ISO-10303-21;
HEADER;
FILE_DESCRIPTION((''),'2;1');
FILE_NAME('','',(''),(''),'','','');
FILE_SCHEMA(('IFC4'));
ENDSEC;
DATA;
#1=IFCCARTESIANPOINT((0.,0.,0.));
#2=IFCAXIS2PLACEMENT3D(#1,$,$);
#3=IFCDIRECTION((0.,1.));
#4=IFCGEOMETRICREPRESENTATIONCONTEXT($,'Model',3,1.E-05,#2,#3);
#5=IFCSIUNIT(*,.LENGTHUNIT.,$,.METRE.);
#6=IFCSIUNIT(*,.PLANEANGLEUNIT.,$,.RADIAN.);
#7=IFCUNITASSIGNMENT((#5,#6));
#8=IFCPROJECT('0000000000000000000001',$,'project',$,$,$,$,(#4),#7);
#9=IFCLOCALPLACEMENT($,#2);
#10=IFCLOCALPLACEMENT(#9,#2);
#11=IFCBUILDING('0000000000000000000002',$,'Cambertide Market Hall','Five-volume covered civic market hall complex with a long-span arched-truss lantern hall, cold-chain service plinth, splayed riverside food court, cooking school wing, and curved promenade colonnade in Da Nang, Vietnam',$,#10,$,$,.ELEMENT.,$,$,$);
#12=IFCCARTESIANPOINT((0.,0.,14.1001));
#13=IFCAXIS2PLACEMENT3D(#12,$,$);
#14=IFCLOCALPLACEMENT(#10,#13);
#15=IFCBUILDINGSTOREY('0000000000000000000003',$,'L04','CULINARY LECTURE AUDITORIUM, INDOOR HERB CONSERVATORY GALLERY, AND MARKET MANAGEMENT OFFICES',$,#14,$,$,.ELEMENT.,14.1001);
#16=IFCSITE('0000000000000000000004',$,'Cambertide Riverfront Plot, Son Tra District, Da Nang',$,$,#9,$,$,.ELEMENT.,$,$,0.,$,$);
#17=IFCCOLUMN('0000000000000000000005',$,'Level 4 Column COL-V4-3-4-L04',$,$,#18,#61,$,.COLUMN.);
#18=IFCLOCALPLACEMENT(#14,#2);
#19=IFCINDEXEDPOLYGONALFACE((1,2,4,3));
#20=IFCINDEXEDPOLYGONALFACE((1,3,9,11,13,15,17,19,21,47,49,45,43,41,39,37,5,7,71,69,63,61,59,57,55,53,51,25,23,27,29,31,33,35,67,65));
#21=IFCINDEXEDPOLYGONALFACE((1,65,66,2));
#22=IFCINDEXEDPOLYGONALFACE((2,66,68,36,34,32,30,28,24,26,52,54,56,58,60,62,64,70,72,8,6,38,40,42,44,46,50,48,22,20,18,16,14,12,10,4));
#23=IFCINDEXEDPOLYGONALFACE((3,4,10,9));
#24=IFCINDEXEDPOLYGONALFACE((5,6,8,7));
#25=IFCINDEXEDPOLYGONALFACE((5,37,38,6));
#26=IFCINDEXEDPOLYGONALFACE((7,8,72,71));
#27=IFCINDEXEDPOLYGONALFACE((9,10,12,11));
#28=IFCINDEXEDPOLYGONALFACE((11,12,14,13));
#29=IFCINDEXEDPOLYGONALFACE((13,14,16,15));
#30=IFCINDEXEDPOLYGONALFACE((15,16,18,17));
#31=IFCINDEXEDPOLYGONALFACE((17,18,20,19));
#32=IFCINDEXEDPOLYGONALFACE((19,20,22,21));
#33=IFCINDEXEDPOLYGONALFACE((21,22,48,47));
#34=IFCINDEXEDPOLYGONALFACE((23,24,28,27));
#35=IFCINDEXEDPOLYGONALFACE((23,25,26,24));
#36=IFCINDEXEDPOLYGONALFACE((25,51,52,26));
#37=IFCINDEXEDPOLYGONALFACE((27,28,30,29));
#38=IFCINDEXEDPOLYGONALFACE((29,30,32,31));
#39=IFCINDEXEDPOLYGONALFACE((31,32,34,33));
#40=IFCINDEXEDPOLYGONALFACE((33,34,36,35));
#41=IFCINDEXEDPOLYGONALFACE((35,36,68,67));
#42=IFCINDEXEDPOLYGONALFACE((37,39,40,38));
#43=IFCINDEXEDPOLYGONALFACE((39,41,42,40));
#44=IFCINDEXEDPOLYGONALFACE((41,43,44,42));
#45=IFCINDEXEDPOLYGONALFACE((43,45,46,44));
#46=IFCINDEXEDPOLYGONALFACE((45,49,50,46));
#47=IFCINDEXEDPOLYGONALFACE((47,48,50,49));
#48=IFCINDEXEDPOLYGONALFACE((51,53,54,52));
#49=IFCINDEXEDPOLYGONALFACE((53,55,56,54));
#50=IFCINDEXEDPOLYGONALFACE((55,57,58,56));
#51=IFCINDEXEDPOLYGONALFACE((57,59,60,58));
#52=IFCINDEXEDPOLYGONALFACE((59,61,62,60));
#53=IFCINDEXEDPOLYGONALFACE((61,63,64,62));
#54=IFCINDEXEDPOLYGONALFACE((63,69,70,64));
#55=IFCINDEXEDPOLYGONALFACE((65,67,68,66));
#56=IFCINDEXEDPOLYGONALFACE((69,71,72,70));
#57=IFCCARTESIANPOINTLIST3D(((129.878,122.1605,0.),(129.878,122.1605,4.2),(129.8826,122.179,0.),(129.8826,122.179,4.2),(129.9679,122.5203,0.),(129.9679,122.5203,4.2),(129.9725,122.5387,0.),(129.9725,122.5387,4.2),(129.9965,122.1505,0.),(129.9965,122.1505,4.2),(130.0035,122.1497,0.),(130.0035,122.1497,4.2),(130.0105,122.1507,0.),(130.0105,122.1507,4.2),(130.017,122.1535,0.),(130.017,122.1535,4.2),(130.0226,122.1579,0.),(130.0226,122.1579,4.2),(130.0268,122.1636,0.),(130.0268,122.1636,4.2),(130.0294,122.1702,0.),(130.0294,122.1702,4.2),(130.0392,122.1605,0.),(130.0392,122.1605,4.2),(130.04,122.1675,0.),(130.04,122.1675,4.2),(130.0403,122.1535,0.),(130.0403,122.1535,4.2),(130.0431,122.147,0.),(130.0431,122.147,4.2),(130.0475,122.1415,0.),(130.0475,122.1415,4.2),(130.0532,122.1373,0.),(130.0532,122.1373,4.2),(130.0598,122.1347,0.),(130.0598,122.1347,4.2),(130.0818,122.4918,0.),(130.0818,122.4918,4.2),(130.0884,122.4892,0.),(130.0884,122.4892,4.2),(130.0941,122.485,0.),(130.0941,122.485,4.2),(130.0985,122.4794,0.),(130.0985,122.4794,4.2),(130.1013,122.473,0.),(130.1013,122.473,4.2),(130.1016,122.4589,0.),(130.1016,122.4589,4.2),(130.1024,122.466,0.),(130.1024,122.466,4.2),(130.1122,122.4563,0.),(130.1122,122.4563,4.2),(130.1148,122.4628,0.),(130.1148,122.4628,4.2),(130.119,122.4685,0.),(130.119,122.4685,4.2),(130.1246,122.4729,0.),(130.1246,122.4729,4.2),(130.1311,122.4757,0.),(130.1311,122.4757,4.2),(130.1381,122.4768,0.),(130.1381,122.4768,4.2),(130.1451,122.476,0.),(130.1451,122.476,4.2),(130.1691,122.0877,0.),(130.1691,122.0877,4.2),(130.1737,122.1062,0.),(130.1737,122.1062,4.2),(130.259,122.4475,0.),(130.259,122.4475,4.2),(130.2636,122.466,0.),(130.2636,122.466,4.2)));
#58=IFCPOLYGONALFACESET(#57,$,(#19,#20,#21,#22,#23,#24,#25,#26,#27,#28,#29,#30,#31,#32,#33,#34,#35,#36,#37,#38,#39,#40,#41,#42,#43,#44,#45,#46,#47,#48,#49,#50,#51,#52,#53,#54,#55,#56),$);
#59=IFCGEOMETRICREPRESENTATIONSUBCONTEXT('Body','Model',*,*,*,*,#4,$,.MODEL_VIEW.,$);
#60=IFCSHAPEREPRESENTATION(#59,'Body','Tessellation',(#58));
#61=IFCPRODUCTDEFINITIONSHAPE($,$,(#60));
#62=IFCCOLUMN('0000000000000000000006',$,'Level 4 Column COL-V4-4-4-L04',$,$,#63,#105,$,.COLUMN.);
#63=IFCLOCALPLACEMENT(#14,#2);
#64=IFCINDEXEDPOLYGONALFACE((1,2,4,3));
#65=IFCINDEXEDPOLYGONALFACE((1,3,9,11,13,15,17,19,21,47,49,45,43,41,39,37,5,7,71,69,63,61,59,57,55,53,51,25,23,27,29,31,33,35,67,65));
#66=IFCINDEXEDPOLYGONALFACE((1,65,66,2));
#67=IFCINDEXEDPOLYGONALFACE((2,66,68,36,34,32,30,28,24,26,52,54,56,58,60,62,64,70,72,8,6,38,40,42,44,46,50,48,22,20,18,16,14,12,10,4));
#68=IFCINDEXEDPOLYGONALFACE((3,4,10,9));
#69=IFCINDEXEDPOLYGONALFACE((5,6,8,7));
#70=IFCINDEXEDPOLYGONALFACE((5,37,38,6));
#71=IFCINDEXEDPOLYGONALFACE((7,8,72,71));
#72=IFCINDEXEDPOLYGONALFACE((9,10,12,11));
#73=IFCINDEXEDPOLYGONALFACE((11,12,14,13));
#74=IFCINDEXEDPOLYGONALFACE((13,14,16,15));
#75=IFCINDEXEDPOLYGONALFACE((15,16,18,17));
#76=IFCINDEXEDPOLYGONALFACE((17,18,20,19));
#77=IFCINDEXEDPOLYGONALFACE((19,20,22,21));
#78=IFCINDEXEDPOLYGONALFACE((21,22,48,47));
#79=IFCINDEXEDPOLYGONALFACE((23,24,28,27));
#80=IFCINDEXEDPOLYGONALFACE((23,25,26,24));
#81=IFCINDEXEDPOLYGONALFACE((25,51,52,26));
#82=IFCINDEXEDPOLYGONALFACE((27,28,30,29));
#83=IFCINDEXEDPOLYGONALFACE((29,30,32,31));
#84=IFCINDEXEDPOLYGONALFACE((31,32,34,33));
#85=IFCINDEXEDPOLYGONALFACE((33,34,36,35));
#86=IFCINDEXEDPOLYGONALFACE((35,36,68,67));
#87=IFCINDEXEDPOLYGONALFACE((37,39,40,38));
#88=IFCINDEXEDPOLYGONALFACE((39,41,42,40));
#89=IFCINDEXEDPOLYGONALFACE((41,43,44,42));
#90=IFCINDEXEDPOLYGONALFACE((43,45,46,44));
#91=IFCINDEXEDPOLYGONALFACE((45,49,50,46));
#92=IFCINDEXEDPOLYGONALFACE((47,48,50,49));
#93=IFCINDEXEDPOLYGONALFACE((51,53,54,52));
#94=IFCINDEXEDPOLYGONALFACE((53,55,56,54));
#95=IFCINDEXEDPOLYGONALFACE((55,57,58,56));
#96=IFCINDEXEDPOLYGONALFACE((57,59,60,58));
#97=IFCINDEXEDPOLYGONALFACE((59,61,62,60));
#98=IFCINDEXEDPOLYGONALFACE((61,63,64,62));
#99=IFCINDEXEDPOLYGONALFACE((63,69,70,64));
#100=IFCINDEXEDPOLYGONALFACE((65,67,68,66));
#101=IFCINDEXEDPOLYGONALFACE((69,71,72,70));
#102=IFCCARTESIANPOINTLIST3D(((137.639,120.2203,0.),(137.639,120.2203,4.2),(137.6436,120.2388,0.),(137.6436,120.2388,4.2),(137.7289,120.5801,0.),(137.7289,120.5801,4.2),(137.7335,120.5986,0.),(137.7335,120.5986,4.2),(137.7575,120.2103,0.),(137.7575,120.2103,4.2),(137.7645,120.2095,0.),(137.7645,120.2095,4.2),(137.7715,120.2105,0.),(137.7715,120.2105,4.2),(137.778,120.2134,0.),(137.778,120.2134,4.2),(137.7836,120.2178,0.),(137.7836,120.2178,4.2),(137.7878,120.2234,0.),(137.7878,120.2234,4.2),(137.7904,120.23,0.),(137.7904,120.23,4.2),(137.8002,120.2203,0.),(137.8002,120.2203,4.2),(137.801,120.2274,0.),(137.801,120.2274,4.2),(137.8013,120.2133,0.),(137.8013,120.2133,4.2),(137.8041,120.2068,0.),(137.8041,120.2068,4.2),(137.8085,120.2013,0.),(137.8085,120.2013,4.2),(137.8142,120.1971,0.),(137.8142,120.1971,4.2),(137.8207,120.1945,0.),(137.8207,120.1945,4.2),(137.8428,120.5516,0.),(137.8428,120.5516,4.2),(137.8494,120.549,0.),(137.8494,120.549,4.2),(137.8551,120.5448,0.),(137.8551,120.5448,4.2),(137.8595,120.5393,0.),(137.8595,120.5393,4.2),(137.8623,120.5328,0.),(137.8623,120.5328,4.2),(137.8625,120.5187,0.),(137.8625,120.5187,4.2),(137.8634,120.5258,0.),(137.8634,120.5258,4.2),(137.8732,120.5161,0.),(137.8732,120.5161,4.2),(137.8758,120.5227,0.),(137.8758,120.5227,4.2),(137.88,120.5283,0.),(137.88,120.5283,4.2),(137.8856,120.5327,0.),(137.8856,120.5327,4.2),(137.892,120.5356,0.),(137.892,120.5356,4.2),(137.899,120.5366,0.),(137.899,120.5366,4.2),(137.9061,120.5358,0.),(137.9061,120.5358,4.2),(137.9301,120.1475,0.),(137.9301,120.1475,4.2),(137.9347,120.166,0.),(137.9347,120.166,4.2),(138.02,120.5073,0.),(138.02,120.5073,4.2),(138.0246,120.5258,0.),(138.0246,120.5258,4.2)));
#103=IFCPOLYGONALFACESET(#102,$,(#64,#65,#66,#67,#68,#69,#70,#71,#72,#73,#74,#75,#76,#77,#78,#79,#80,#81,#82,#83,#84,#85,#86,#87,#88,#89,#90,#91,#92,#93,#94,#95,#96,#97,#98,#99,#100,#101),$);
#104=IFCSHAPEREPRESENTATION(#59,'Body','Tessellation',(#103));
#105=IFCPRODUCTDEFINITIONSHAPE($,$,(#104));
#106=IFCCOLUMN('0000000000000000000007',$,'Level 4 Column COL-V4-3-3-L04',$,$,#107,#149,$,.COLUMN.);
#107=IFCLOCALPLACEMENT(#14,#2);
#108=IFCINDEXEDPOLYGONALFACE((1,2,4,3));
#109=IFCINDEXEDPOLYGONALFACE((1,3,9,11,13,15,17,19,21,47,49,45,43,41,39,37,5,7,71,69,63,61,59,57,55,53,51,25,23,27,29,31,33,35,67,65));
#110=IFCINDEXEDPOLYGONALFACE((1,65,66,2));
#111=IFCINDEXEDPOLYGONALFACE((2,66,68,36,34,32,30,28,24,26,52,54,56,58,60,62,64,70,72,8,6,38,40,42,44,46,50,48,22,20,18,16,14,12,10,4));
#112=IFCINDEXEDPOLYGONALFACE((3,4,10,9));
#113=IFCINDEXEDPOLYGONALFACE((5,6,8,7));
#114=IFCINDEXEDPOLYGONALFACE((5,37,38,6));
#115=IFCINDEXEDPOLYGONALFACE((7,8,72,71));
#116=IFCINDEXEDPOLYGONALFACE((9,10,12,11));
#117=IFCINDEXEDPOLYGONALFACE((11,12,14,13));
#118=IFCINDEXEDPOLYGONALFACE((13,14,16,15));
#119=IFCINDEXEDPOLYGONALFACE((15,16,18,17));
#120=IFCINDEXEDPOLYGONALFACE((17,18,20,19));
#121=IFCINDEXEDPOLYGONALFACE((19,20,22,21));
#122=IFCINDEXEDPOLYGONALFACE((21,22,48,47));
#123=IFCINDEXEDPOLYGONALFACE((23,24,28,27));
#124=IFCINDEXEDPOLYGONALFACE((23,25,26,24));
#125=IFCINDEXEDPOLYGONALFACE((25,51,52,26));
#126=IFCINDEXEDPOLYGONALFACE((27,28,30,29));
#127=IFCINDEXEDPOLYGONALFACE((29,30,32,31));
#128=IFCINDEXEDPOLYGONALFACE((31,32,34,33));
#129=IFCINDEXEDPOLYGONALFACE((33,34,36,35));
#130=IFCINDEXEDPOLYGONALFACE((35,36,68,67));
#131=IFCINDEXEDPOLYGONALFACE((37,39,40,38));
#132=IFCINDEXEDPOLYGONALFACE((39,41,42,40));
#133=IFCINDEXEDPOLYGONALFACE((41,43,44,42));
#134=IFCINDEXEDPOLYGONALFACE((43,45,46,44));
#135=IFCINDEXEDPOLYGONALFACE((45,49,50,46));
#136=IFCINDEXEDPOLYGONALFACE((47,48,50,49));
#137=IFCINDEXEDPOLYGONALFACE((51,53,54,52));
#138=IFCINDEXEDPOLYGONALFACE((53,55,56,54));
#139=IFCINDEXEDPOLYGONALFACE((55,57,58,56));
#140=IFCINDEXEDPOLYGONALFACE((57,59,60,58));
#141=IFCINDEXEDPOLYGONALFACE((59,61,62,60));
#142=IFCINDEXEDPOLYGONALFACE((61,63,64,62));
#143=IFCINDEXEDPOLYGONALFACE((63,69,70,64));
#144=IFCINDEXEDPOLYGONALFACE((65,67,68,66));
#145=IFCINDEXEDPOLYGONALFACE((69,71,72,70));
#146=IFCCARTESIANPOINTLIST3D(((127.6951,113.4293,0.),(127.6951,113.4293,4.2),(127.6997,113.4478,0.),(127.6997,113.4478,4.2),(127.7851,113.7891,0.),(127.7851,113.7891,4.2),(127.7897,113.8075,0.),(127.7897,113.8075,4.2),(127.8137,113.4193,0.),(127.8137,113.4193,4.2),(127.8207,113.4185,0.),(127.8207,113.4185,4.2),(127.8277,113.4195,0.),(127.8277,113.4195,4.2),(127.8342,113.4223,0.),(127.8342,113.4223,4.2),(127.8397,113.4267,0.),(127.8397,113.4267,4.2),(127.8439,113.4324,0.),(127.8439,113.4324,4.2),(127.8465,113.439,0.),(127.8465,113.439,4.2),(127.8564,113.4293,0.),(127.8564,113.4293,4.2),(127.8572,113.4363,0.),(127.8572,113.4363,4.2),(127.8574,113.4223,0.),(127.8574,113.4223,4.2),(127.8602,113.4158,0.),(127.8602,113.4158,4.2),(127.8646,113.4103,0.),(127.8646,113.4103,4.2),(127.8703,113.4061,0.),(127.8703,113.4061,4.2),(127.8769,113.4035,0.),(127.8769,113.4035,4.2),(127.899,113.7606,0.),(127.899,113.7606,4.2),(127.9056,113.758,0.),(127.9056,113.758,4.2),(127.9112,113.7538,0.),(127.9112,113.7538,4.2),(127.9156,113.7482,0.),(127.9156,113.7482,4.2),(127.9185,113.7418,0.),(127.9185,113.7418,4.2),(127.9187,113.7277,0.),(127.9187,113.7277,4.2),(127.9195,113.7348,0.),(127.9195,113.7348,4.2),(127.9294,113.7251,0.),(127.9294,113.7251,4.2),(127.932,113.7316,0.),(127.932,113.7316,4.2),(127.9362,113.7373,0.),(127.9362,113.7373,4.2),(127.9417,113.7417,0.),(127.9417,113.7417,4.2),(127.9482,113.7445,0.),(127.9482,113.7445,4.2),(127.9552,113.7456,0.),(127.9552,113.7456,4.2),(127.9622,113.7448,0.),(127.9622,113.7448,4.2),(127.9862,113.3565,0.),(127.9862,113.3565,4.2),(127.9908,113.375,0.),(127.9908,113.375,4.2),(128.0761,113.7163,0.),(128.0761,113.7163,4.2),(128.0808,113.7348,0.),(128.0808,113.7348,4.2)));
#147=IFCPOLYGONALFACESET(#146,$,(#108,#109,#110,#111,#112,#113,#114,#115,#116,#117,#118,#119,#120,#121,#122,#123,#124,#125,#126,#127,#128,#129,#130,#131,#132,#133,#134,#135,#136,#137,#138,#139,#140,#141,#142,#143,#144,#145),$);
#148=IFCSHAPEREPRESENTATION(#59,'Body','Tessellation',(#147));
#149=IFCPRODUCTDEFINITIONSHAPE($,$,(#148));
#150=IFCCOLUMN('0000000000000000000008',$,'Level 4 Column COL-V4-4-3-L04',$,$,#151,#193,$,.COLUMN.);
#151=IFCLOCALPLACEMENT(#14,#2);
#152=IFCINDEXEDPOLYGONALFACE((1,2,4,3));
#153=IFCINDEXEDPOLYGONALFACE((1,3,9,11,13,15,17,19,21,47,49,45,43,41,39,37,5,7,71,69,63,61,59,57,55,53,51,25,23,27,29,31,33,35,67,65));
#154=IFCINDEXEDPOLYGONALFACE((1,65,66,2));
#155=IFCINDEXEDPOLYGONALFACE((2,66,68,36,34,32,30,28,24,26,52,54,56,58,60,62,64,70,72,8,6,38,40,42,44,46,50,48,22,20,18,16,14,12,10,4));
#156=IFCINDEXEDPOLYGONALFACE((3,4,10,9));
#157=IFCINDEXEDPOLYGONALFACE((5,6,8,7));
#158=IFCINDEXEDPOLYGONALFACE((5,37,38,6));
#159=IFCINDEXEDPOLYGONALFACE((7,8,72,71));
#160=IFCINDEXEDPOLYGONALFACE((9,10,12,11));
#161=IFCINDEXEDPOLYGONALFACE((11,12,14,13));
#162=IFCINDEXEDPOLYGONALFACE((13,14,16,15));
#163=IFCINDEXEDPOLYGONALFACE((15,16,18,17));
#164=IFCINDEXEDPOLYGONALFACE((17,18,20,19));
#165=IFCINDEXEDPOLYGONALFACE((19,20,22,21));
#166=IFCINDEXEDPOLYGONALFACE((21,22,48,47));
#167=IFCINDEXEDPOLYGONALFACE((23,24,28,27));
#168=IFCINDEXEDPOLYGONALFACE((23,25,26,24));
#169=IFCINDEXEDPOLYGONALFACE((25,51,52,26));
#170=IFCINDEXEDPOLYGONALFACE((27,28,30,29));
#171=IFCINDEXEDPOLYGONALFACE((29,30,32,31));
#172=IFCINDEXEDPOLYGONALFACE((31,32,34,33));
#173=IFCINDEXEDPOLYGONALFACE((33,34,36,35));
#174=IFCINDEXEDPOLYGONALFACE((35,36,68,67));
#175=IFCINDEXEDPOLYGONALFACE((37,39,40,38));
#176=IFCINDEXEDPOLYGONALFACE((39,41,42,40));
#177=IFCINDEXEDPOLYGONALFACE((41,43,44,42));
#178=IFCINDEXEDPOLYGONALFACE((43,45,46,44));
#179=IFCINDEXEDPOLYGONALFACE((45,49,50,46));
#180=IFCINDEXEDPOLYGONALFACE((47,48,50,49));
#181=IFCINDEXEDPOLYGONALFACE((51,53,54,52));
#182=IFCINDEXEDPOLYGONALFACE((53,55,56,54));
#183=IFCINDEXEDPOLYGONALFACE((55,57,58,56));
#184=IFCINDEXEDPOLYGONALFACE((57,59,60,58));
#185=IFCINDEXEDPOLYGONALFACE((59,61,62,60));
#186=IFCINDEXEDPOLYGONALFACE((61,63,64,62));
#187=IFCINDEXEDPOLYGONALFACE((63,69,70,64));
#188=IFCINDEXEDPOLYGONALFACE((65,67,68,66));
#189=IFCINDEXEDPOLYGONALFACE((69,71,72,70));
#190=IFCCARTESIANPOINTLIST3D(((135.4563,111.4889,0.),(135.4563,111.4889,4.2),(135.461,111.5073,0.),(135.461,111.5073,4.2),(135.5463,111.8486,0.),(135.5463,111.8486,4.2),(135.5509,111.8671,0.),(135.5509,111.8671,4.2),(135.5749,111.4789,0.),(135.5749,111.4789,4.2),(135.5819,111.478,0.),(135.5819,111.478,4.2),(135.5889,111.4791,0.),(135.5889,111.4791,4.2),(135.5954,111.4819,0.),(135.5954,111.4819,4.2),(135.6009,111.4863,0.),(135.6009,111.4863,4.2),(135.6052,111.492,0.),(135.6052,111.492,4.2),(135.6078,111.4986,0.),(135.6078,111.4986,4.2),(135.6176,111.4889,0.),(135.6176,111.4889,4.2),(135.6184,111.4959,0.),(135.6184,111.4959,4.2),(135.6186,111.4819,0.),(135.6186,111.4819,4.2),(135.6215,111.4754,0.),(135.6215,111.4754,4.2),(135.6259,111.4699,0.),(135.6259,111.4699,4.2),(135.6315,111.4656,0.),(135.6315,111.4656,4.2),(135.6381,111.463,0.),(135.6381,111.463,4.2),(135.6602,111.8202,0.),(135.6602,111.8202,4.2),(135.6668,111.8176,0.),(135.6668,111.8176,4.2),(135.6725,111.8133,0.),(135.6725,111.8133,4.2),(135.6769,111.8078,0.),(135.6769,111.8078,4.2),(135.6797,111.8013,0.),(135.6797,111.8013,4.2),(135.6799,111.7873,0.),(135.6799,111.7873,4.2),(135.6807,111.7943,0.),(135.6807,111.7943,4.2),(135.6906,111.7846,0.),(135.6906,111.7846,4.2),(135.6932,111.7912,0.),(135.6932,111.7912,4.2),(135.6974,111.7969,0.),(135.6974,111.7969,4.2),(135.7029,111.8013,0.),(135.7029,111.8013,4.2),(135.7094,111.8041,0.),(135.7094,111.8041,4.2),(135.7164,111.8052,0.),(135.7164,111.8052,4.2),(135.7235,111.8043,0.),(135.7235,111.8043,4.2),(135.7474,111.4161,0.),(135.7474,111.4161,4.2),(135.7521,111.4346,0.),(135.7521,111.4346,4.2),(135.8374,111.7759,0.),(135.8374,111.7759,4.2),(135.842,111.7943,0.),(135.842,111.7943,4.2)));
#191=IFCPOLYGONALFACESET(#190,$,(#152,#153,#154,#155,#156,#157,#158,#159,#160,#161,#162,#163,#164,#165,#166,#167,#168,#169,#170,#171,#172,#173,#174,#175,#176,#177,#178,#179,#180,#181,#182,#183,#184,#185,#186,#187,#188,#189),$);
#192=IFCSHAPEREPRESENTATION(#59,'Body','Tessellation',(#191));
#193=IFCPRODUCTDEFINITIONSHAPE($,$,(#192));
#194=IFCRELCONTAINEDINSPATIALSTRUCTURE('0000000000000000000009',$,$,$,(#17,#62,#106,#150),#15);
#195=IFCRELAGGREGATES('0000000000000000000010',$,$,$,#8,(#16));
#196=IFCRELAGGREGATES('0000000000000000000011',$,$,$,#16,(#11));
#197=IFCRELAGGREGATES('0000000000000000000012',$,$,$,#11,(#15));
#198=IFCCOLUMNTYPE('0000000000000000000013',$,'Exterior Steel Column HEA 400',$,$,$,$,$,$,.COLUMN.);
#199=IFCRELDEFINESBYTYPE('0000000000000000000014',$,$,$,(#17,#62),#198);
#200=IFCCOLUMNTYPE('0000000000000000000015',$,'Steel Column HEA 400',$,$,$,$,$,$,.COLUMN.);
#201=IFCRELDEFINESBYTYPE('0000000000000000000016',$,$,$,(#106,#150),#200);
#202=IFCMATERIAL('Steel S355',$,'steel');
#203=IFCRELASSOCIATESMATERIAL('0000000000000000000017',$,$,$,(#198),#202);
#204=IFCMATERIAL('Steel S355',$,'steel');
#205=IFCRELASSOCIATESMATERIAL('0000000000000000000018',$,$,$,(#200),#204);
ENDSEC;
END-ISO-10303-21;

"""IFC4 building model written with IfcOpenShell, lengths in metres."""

from ifc_helpers import new_model, si_unit, direction, frame, origin, origin_2d, place, context, subcontext, project, spatial, i_section, extrude, material, material_profile, profile_set, type_object, element, save


model = new_model("IFC4")

# Units and contexts
model_context = context("Model", 3, precision=1e-05, world=origin(), true_north=direction((0.0, 1.0)))
body_context = subcontext(model_context, "Body", "Model", "MODEL_VIEW")
ifc_project = project(units=[si_unit("LENGTHUNIT", "METRE"), si_unit("PLANEANGLEUNIT", "RADIAN")], contexts=[model_context])

# Site, building, storey
site_placement = place(None, origin())
site = spatial("IfcSite", under=ifc_project, at=site_placement, Name="Cambertide Riverfront Plot, Son Tra District, Da Nang", CompositionType="ELEMENT", RefElevation=0.0)
building_placement = place(site_placement, origin())
building = spatial("IfcBuilding", under=site, at=building_placement, Name="Cambertide Market Hall", Description="Five-volume covered civic market hall complex with a long-span arched-truss lantern hall, cold-chain service plinth, splayed riverside food court, cooking school wing, and curved promenade colonnade in Da Nang, Vietnam", CompositionType="ELEMENT")
storey_placement = place(building_placement, frame((0.0, 0.0, 14.1001)))
storey = spatial("IfcBuildingStorey", under=building, at=storey_placement, Name="L04", Description="CULINARY LECTURE AUDITORIUM, INDOOR HERB CONSERVATORY GALLERY, AND MARKET MANAGEMENT OFFICES", CompositionType="ELEMENT", Elevation=14.1001)

# Columns
ifc_material_1 = material(Name="Steel S355", Category="steel")
ifc_material_profile_1 = material_profile(ifc_material_1, i_section(OverallWidth=0.3, OverallDepth=0.3899, WebThickness=0.011, FlangeThickness=0.019, FilletRadius=0.0271, at=origin_2d()), Name="HEA 400")
ifc_profile_set_1 = profile_set([ifc_material_profile_1], Name="Steel S355")
column_type_1 = type_object("IfcColumnType", Name="Exterior Steel Column HEA 400", PredefinedType="COLUMN", material=ifc_profile_set_1)
for number, where, z_axis, x_axis, name in (
    (1, (130.0708, 122.3132, 0.0), (0.0, 0.0, 1.0), (0.970143, -0.242536, 0.0), "Level 4 Column COL-V4-3-4-L04"),
    (2, (137.8318, 120.373, 0.0), (0.0, 0.0, 1.0), (0.970143, -0.242536, 0.0), "Level 4 Column COL-V4-4-4-L04"),
):
    element("IfcColumn", number, at=place(storey_placement, frame(where, z_axis=z_axis, x_axis=x_axis)), inside=storey, type_object=column_type_1, Name=name, PredefinedType="COLUMN", context=body_context, shape_type="SweptSolid", body=[
        extrude(i_section(OverallWidth=0.3, OverallDepth=0.3899, WebThickness=0.011, FlangeThickness=0.019, FilletRadius=0.0271, at=origin_2d()), origin(), (0.0, 0.0, 1.0), 4.2),
    ])
ifc_material_2 = material(Name="Steel S355", Category="steel")
ifc_material_profile_2 = material_profile(ifc_material_2, i_section(OverallWidth=0.3, OverallDepth=0.3899, WebThickness=0.011, FlangeThickness=0.019, FilletRadius=0.0271, at=origin_2d()), Name="HEA 400")
ifc_profile_set_2 = profile_set([ifc_material_profile_2], Name="Steel S355")
column_type_2 = type_object("IfcColumnType", Name="Steel Column HEA 400", PredefinedType="COLUMN", material=ifc_profile_set_2)
for number, where, z_axis, x_axis, name in (
    (3, (127.8879, 113.582, 0.0), (0.0, 0.0, 1.0), (0.970143, -0.242536, 0.0), "Level 4 Column COL-V4-3-3-L04"),
    (4, (135.6492, 111.6416, 0.0), (0.0, 0.0, 1.0), (0.970143, -0.242536, 0.0), "Level 4 Column COL-V4-4-3-L04"),
):
    element("IfcColumn", number, at=place(storey_placement, frame(where, z_axis=z_axis, x_axis=x_axis)), inside=storey, type_object=column_type_2, Name=name, PredefinedType="COLUMN", context=body_context, shape_type="SweptSolid", body=[
        extrude(i_section(OverallWidth=0.3, OverallDepth=0.3899, WebThickness=0.011, FlangeThickness=0.019, FilletRadius=0.0271, at=origin_2d()), origin(), (0.0, 0.0, 1.0), 4.2),
    ])

save(model, "model.ifc")
